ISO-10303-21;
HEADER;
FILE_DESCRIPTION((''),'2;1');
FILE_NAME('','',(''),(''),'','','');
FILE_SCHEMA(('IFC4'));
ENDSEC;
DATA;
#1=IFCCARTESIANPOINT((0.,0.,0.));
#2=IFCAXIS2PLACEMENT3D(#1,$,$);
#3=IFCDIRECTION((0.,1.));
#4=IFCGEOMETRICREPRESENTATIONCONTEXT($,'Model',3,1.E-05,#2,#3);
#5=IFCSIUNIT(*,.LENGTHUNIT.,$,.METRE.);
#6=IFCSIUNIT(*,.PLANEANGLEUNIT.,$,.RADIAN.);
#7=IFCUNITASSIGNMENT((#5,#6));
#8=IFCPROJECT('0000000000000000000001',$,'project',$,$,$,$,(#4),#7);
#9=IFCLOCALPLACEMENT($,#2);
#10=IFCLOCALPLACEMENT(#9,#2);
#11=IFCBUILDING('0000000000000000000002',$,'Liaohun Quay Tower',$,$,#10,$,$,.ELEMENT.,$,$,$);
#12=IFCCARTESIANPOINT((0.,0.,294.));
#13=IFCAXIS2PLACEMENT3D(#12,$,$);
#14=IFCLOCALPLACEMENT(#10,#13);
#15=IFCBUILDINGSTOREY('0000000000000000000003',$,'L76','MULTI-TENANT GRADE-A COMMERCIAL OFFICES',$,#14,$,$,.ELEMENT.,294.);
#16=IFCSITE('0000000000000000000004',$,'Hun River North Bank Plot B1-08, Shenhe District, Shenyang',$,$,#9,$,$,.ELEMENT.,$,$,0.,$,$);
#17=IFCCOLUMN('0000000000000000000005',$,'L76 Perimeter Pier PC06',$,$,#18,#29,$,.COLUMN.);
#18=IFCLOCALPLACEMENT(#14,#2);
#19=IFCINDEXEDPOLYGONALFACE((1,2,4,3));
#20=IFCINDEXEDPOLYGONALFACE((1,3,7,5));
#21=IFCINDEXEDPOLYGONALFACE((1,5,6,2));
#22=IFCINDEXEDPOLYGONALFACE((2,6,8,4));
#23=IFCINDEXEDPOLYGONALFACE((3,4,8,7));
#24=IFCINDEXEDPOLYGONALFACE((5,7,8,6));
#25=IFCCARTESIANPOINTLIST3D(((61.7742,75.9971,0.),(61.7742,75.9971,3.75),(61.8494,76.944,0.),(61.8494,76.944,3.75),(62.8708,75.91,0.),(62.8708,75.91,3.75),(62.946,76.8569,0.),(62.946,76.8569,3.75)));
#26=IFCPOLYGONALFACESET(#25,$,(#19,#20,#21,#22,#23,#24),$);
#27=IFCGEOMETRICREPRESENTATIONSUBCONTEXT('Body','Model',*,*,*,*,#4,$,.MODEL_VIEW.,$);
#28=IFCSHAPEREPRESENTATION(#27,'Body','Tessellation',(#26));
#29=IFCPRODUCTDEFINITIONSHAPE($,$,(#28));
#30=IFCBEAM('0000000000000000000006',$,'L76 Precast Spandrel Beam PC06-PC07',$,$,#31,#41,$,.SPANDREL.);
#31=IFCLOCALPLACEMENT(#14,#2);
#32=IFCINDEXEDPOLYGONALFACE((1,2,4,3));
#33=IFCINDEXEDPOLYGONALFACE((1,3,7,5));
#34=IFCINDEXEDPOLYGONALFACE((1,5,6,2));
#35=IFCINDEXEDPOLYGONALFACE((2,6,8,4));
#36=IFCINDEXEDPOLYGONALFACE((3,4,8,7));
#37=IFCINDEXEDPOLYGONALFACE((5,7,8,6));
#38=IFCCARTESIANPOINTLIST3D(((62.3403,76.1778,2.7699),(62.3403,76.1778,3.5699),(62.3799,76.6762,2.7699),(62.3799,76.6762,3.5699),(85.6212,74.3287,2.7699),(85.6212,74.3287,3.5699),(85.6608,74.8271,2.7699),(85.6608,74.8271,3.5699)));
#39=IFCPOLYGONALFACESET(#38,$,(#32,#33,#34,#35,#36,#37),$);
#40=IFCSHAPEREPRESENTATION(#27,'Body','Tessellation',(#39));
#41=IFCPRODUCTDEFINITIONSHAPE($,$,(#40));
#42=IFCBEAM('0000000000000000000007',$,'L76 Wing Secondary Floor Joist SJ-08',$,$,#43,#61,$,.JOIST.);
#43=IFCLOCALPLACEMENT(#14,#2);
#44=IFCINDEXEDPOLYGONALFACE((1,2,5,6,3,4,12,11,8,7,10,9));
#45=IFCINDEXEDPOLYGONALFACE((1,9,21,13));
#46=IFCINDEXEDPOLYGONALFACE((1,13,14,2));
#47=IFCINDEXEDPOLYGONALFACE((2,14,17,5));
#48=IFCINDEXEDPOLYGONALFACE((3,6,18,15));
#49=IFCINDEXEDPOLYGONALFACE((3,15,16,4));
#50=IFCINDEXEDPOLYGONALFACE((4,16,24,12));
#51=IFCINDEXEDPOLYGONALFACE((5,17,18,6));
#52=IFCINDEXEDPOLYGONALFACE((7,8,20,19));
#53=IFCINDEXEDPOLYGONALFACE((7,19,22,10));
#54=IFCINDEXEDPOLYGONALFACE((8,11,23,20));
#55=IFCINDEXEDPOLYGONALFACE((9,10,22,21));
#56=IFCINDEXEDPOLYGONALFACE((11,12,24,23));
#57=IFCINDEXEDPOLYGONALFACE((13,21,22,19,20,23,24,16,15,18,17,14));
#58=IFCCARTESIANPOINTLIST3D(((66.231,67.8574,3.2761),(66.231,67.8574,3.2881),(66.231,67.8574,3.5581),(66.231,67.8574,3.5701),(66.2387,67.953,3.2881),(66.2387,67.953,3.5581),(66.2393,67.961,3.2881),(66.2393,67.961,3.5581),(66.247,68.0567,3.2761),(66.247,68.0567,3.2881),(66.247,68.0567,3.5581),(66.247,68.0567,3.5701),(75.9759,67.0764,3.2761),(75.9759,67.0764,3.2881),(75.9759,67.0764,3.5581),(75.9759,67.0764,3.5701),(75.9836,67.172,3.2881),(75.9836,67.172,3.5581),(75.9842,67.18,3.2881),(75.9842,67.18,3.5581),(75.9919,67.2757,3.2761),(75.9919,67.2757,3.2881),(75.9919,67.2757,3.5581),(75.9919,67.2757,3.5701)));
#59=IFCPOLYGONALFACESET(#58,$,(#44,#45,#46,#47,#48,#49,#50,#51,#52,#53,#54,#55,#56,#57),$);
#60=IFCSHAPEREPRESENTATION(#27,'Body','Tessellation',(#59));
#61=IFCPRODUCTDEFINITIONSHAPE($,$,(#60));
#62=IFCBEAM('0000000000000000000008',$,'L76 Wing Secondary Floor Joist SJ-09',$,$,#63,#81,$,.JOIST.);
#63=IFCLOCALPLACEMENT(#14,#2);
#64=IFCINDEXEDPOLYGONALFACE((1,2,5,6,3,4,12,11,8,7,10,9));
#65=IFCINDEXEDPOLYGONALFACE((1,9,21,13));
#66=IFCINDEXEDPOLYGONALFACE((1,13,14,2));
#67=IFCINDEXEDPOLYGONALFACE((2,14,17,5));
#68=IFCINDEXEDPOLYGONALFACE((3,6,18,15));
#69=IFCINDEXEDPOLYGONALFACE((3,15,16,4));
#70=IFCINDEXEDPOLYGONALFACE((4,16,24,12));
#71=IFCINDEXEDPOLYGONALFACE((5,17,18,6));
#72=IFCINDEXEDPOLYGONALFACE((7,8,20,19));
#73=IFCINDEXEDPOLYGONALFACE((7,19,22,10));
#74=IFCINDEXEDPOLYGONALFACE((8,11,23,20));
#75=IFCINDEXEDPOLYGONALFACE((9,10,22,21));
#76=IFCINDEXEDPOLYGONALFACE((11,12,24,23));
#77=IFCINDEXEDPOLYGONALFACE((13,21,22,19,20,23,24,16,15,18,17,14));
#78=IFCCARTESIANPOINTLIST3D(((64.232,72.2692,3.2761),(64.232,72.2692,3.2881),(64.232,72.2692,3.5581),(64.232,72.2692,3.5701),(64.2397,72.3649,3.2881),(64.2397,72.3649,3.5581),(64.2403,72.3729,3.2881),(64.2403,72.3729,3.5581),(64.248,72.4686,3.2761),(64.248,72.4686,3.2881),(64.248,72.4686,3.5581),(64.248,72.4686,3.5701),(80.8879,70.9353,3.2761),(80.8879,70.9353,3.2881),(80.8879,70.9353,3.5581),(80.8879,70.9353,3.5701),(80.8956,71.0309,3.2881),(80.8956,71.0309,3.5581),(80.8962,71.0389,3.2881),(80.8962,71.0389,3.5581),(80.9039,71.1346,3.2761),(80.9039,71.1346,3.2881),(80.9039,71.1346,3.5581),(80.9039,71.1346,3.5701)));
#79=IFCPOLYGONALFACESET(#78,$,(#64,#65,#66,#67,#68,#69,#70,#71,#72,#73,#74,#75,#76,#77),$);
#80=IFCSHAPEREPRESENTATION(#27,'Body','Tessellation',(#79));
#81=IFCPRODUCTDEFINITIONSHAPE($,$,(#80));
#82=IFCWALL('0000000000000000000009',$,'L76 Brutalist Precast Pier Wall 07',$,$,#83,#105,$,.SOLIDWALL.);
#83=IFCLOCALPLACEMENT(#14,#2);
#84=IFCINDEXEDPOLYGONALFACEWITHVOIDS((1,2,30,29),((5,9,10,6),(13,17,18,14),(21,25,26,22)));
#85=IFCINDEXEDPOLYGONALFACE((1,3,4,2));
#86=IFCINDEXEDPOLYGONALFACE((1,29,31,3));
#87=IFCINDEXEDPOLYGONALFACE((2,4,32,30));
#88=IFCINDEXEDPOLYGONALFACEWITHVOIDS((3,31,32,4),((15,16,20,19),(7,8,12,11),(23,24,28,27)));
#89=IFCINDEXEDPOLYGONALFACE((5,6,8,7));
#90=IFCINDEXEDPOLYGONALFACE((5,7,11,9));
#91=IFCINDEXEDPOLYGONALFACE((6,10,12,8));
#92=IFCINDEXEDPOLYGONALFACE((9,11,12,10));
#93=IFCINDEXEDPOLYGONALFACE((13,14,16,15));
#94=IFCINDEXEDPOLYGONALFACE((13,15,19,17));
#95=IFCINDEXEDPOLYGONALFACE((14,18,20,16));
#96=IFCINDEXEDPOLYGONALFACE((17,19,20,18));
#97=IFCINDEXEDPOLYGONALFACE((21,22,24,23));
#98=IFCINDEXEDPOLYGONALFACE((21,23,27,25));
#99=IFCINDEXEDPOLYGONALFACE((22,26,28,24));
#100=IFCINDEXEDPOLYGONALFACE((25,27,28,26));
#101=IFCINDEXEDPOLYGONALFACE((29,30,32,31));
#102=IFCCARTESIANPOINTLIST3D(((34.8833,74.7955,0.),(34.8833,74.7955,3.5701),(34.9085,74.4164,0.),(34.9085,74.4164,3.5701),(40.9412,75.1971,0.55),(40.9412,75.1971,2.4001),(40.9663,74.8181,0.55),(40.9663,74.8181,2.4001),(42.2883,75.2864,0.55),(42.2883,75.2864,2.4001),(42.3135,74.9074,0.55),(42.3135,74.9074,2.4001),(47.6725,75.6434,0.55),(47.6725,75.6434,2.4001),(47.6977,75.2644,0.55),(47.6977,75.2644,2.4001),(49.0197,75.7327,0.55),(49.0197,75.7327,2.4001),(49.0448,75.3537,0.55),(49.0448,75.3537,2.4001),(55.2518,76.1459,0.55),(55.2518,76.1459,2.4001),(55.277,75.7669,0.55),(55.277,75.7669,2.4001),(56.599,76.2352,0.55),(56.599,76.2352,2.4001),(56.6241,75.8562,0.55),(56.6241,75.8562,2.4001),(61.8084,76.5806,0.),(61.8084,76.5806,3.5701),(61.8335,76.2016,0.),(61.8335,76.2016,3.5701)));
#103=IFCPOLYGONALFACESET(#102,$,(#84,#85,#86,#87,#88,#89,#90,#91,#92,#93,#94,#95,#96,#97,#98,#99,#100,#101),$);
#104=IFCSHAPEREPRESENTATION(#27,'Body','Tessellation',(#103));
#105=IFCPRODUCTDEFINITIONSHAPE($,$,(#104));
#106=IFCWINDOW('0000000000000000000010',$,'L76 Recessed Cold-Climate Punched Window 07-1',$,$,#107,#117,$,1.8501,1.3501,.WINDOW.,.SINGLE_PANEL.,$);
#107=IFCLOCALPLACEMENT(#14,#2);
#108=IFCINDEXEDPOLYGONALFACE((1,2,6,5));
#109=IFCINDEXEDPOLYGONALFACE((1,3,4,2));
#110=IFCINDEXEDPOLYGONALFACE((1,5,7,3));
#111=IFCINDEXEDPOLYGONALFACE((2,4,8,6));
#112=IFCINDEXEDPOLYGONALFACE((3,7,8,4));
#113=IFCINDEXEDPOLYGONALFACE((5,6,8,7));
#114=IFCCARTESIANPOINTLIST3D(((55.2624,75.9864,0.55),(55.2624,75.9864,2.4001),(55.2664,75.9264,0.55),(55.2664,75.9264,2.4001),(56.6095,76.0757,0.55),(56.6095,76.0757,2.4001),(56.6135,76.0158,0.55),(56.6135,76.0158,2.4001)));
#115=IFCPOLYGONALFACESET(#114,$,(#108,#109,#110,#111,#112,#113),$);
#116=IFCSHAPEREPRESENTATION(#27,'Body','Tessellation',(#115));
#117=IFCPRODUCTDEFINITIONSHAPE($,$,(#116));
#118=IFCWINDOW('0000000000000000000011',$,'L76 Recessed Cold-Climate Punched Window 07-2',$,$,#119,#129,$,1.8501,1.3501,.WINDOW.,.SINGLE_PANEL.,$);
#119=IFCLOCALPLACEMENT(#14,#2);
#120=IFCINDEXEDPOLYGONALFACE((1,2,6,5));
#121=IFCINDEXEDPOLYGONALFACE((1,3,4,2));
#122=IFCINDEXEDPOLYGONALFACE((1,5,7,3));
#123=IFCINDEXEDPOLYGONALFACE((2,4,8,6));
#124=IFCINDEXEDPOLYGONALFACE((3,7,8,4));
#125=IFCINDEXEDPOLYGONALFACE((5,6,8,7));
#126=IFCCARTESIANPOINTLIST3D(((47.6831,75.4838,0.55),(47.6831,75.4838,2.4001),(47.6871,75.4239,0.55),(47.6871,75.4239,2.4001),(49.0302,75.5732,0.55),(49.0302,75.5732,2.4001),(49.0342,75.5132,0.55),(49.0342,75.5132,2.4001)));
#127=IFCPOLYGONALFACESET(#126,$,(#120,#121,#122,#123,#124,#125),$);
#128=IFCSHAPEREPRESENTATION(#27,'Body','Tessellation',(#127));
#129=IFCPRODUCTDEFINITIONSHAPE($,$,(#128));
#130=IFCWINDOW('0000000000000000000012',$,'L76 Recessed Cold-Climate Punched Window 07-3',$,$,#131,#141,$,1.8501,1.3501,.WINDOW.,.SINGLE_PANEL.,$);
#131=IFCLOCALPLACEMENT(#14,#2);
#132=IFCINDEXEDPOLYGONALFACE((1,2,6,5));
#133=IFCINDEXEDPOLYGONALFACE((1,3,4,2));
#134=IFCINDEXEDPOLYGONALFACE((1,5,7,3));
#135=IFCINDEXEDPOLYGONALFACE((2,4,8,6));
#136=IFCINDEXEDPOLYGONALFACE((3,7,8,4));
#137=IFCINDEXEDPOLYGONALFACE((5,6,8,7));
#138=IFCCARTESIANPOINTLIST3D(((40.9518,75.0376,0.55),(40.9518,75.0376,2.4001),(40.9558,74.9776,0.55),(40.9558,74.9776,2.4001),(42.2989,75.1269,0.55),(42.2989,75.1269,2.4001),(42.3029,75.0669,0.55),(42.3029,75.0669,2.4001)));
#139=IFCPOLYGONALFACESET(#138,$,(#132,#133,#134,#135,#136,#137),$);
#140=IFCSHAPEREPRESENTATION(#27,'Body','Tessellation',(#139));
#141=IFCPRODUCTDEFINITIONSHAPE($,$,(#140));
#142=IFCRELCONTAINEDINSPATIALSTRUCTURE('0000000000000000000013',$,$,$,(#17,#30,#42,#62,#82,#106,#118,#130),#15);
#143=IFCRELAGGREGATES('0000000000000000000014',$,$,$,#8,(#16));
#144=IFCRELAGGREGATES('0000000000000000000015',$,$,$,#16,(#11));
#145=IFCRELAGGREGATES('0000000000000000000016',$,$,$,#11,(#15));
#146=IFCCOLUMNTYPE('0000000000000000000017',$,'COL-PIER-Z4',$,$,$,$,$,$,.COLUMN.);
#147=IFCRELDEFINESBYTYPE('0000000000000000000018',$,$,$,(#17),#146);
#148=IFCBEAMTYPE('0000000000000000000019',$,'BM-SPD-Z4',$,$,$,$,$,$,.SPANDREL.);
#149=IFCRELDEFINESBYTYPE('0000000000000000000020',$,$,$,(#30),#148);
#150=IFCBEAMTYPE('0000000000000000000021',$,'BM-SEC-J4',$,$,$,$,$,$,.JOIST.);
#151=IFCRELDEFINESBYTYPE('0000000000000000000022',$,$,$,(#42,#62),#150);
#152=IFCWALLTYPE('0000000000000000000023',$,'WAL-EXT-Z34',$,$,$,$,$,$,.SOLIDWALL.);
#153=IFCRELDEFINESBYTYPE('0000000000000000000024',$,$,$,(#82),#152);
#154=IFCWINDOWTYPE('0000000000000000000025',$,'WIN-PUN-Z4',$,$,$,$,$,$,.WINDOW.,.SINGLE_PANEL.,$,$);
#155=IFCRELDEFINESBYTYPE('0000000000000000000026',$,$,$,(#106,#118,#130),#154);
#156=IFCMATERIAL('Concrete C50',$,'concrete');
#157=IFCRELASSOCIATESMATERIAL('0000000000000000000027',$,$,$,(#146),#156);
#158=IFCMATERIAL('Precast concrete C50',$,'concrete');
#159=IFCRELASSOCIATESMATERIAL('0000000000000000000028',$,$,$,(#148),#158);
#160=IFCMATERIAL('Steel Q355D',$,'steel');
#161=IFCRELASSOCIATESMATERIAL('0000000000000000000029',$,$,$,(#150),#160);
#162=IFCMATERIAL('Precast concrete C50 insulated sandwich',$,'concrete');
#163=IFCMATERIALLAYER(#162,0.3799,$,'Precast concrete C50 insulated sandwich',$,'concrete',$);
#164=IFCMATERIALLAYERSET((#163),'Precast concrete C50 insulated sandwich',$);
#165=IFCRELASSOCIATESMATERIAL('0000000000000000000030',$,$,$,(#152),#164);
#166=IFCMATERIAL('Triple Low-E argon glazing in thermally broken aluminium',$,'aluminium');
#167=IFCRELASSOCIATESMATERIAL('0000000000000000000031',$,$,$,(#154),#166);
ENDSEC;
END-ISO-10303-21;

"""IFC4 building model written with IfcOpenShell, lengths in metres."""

from ifc_helpers import new_model, si_unit, direction, frame, frame_2d, origin, origin_2d, place, context, subcontext, project, spatial, rectangle, i_section, extrude, source, transform, mapped, material, layer, layer_set, material_profile, profile_set, type_object, element, fill, save


model = new_model("IFC4")

# Units and contexts
model_context = context("Model", 3, precision=1e-05, world=origin(), true_north=direction((0.0, 1.0)))
body_context = subcontext(model_context, "Body", "Model", "MODEL_VIEW")
ifc_project = project(units=[si_unit("LENGTHUNIT", "METRE"), si_unit("PLANEANGLEUNIT", "RADIAN")], contexts=[model_context])

# Site, building, storey
site_placement = place(None, origin())
site = spatial("IfcSite", under=ifc_project, at=site_placement, Name="Hun River North Bank Plot B1-08, Shenhe District, Shenyang", CompositionType="ELEMENT", RefElevation=0.0)
building_placement = place(site_placement, origin())
building = spatial("IfcBuilding", under=site, at=building_placement, Name="Liaohun Quay Tower", CompositionType="ELEMENT")
storey_placement = place(building_placement, frame((0.0, 0.0, 294.0)))
storey = spatial("IfcBuildingStorey", under=building, at=storey_placement, Name="L76", Description="MULTI-TENANT GRADE-A COMMERCIAL OFFICES", CompositionType="ELEMENT", Elevation=294.0)

# Column
ifc_material_1 = material(Name="Concrete C50", Category="concrete")
ifc_material_profile_1 = material_profile(ifc_material_1, rectangle(XDim=1.1001, YDim=0.95, at=origin_2d()), Name="RC1100x950")
ifc_profile_set_1 = profile_set([ifc_material_profile_1], Name="Concrete C50")
column_type = type_object("IfcColumnType", Name="COL-PIER-Z4", PredefinedType="COLUMN", material=ifc_profile_set_1)
shared_shape_1 = source(origin(), body_context, "Body", "SweptSolid", [
    extrude(rectangle(XDim=1.1001, YDim=0.95, at=origin_2d()), origin(), (0.0, 0.0, 1.0), 3.75),
])
column_placement = place(storey_placement, frame((62.3601, 76.427, 0.0), z_axis=(0.0, 0.0, 1.0), x_axis=(-0.996862, 0.079155, 0.0)))
element("IfcColumn", 1, at=column_placement, inside=storey, type_object=column_type, Name="L76 Perimeter Pier PC06", PredefinedType="COLUMN", context=body_context, shape_type="MappedRepresentation", body=[
    mapped(shared_shape_1, transform((0.0, 0.0, 0.0), x_axis=(1.0, 0.0, 0.0), y_axis=(0.0, 1.0, 0.0), z_axis=(0.0, 0.0, 1.0), scale=1.0)),
])

# Beams
ifc_material_2 = material(Name="Precast concrete C50", Category="concrete")
ifc_material_profile_2 = material_profile(ifc_material_2, rectangle(XDim=0.5, YDim=0.8, at=origin_2d()), Name="RC500x800")
ifc_profile_set_2 = profile_set([ifc_material_profile_2], Name="Precast concrete C50")
beam_type_1 = type_object("IfcBeamType", Name="BM-SPD-Z4", PredefinedType="SPANDREL", material=ifc_profile_set_2)
shared_shape_2 = source(origin(), body_context, "Body", "SweptSolid", [
    extrude(rectangle(XDim=0.5, YDim=0.8, at=origin_2d()), origin(), (0.0, 0.0, 1.0), 23.3542),
])
beam_1_placement = place(storey_placement, frame((62.3601, 76.427, 3.1699), z_axis=(0.996861, -0.079177, 0.0), x_axis=(0.079177, 0.996861, 0.0)))
element("IfcBeam", 2, at=beam_1_placement, inside=storey, type_object=beam_type_1, Name="L76 Precast Spandrel Beam PC06-PC07", PredefinedType="SPANDREL", context=body_context, shape_type="MappedRepresentation", body=[
    mapped(shared_shape_2, transform((0.0, 0.0, 0.0), x_axis=(1.0, 0.0, 0.0), y_axis=(0.0, 1.0, 0.0), z_axis=(0.0, 0.0, 1.0), scale=1.0)),
])
ifc_material_3 = material(Name="Steel Q355D", Category="steel")
ifc_material_profile_3 = material_profile(ifc_material_3, i_section(OverallWidth=0.2, OverallDepth=0.2939, WebThickness=0.0081, FlangeThickness=0.012, at=origin_2d()), Name="HM294x200x8x12")
ifc_profile_set_3 = profile_set([ifc_material_profile_3], Name="Steel Q355D")
beam_type_2 = type_object("IfcBeamType", Name="BM-SEC-J4", PredefinedType="JOIST", material=ifc_profile_set_3)
shared_shape_3 = source(origin(), body_context, "Body", "SweptSolid", [
    extrude(i_section(OverallWidth=0.2, OverallDepth=0.2939, WebThickness=0.0081, FlangeThickness=0.012, at=origin_2d()), origin(), (0.0, 0.0, 1.0), 9.7761),
])
beam_2_placement = place(storey_placement, frame((66.239, 67.957, 3.4231), z_axis=(0.996804, -0.079889, 0.0), x_axis=(0.079889, 0.996804, 0.0)))
element("IfcBeam", 3, at=beam_2_placement, inside=storey, type_object=beam_type_2, Name="L76 Wing Secondary Floor Joist SJ-08", PredefinedType="JOIST", context=body_context, shape_type="MappedRepresentation", body=[
    mapped(shared_shape_3, transform((0.0, 0.0, 0.0), x_axis=(1.0, 0.0, 0.0), y_axis=(0.0, 1.0, 0.0), z_axis=(0.0, 0.0, 1.0), scale=1.0)),
])
shared_shape_4 = source(origin(), body_context, "Body", "SweptSolid", [
    extrude(i_section(OverallWidth=0.2, OverallDepth=0.2939, WebThickness=0.0081, FlangeThickness=0.012, at=origin_2d()), origin(), (0.0, 0.0, 1.0), 16.7092),
])
beam_3_placement = place(storey_placement, frame((64.24, 72.3689, 3.4231), z_axis=(0.996808, -0.079835, 0.0), x_axis=(0.079835, 0.996808, 0.0)))
element("IfcBeam", 4, at=beam_3_placement, inside=storey, type_object=beam_type_2, Name="L76 Wing Secondary Floor Joist SJ-09", PredefinedType="JOIST", context=body_context, shape_type="MappedRepresentation", body=[
    mapped(shared_shape_4, transform((0.0, 0.0, 0.0), x_axis=(1.0, 0.0, 0.0), y_axis=(0.0, 1.0, 0.0), z_axis=(0.0, 0.0, 1.0), scale=1.0)),
])

# Wall, openings, windows
ifc_material_4 = material(Name="Precast concrete C50 insulated sandwich", Category="concrete")
ifc_layer_1 = layer(ifc_material_4, 0.3799, Name="Precast concrete C50 insulated sandwich", Category="concrete")
ifc_layer_set_1 = layer_set([ifc_layer_1], Name="Precast concrete C50 insulated sandwich")
wall_type_1 = type_object("IfcWallType", Name="WAL-EXT-Z34", PredefinedType="SOLIDWALL", material=ifc_layer_set_1)
wall_1_placement = place(storey_placement, frame((61.821, 76.3911, 0.0), z_axis=(0.0, 0.0, 1.0), x_axis=(-0.997809, -0.066156, 0.0)))
wall_1 = element("IfcWall", 5, at=wall_1_placement, inside=storey, type_object=wall_type_1, Name="L76 Brutalist Precast Pier Wall 07", PredefinedType="SOLIDWALL", context=body_context, shape_type="SweptSolid", body=[
    extrude(rectangle(XDim=26.9841, YDim=0.3799, at=frame_2d((13.4922, 0.0))), origin(), (0.0, 0.0, 1.0), 3.5701),
])
shared_shape_5 = source(origin(), body_context, "Body", "SweptSolid", [
    extrude(rectangle(XDim=1.3501, YDim=1.8501, at=frame_2d((0.675, 0.925))), frame((0.0, 0.2, 0.0), z_axis=(0.0, -1.0, 0.0), x_axis=(1.0, 0.0, 0.0)), (0.0, 0.0, 1.0), 0.3999),
])
opening_1_placement = place(wall_1_placement, frame((5.2209, 0.0, 0.55)))
opening_1 = element("IfcOpeningElement", 6, at=opening_1_placement, cuts=wall_1, PredefinedType="OPENING", context=body_context, shape_type="MappedRepresentation", body=[
    mapped(shared_shape_5, transform((0.0, 0.0, 0.0), x_axis=(1.0, 0.0, 0.0), y_axis=(0.0, 1.0, 0.0), z_axis=(0.0, 0.0, 1.0), scale=1.0)),
])
opening_2_placement = place(wall_1_placement, frame((12.8169, 0.0, 0.55)))
opening_2 = element("IfcOpeningElement", 7, at=opening_2_placement, cuts=wall_1, PredefinedType="OPENING", context=body_context, shape_type="MappedRepresentation", body=[
    mapped(shared_shape_5, transform((0.0, 0.0, 0.0), x_axis=(1.0, 0.0, 0.0), y_axis=(0.0, 1.0, 0.0), z_axis=(0.0, 0.0, 1.0), scale=1.0)),
])
opening_3_placement = place(wall_1_placement, frame((19.563, 0.0, 0.55)))
opening_3 = element("IfcOpeningElement", 8, at=opening_3_placement, cuts=wall_1, PredefinedType="OPENING", context=body_context, shape_type="MappedRepresentation", body=[
    mapped(shared_shape_5, transform((0.0, 0.0, 0.0), x_axis=(1.0, 0.0, 0.0), y_axis=(0.0, 1.0, 0.0), z_axis=(0.0, 0.0, 1.0), scale=1.0)),
])
ifc_material_5 = material(Name="Triple Low-E argon glazing in thermally broken aluminium", Category="aluminium")
window_type = type_object("IfcWindowType", Name="WIN-PUN-Z4", PartitioningType="SINGLE_PANEL", PredefinedType="WINDOW", material=ifc_material_5)
shared_shape_6 = source(origin(), body_context, "Body", "SweptSolid", [
    extrude(rectangle(XDim=1.3501, YDim=1.8501, at=frame_2d((0.675, 0.925))), frame((0.0, 0.03, 0.0), z_axis=(0.0, -1.0, 0.0), x_axis=(1.0, 0.0, 0.0)), (0.0, 0.0, 1.0), 0.0601),
])
window_1_placement = place(opening_1_placement, origin())
window_1 = element("IfcWindow", 9, at=window_1_placement, inside=storey, type_object=window_type, Name="L76 Recessed Cold-Climate Punched Window 07-1", OverallHeight=1.8501, OverallWidth=1.3501, PartitioningType="SINGLE_PANEL", PredefinedType="WINDOW", context=body_context, shape_type="MappedRepresentation", body=[
    mapped(shared_shape_6, transform((0.0, 0.0, 0.0), x_axis=(1.0, 0.0, 0.0), y_axis=(0.0, 1.0, 0.0), z_axis=(0.0, 0.0, 1.0), scale=1.0)),
])
fill(opening_1, window_1)
window_2_placement = place(opening_2_placement, origin())
window_2 = element("IfcWindow", 10, at=window_2_placement, inside=storey, type_object=window_type, Name="L76 Recessed Cold-Climate Punched Window 07-2", OverallHeight=1.8501, OverallWidth=1.3501, PartitioningType="SINGLE_PANEL", PredefinedType="WINDOW", context=body_context, shape_type="MappedRepresentation", body=[
    mapped(shared_shape_6, transform((0.0, 0.0, 0.0), x_axis=(1.0, 0.0, 0.0), y_axis=(0.0, 1.0, 0.0), z_axis=(0.0, 0.0, 1.0), scale=1.0)),
])
fill(opening_2, window_2)
window_3_placement = place(opening_3_placement, origin())
window_3 = element("IfcWindow", 11, at=window_3_placement, inside=storey, type_object=window_type, Name="L76 Recessed Cold-Climate Punched Window 07-3", OverallHeight=1.8501, OverallWidth=1.3501, PartitioningType="SINGLE_PANEL", PredefinedType="WINDOW", context=body_context, shape_type="MappedRepresentation", body=[
    mapped(shared_shape_6, transform((0.0, 0.0, 0.0), x_axis=(1.0, 0.0, 0.0), y_axis=(0.0, 1.0, 0.0), z_axis=(0.0, 0.0, 1.0), scale=1.0)),
])
fill(opening_3, window_3)

save(model, "model.ifc")
